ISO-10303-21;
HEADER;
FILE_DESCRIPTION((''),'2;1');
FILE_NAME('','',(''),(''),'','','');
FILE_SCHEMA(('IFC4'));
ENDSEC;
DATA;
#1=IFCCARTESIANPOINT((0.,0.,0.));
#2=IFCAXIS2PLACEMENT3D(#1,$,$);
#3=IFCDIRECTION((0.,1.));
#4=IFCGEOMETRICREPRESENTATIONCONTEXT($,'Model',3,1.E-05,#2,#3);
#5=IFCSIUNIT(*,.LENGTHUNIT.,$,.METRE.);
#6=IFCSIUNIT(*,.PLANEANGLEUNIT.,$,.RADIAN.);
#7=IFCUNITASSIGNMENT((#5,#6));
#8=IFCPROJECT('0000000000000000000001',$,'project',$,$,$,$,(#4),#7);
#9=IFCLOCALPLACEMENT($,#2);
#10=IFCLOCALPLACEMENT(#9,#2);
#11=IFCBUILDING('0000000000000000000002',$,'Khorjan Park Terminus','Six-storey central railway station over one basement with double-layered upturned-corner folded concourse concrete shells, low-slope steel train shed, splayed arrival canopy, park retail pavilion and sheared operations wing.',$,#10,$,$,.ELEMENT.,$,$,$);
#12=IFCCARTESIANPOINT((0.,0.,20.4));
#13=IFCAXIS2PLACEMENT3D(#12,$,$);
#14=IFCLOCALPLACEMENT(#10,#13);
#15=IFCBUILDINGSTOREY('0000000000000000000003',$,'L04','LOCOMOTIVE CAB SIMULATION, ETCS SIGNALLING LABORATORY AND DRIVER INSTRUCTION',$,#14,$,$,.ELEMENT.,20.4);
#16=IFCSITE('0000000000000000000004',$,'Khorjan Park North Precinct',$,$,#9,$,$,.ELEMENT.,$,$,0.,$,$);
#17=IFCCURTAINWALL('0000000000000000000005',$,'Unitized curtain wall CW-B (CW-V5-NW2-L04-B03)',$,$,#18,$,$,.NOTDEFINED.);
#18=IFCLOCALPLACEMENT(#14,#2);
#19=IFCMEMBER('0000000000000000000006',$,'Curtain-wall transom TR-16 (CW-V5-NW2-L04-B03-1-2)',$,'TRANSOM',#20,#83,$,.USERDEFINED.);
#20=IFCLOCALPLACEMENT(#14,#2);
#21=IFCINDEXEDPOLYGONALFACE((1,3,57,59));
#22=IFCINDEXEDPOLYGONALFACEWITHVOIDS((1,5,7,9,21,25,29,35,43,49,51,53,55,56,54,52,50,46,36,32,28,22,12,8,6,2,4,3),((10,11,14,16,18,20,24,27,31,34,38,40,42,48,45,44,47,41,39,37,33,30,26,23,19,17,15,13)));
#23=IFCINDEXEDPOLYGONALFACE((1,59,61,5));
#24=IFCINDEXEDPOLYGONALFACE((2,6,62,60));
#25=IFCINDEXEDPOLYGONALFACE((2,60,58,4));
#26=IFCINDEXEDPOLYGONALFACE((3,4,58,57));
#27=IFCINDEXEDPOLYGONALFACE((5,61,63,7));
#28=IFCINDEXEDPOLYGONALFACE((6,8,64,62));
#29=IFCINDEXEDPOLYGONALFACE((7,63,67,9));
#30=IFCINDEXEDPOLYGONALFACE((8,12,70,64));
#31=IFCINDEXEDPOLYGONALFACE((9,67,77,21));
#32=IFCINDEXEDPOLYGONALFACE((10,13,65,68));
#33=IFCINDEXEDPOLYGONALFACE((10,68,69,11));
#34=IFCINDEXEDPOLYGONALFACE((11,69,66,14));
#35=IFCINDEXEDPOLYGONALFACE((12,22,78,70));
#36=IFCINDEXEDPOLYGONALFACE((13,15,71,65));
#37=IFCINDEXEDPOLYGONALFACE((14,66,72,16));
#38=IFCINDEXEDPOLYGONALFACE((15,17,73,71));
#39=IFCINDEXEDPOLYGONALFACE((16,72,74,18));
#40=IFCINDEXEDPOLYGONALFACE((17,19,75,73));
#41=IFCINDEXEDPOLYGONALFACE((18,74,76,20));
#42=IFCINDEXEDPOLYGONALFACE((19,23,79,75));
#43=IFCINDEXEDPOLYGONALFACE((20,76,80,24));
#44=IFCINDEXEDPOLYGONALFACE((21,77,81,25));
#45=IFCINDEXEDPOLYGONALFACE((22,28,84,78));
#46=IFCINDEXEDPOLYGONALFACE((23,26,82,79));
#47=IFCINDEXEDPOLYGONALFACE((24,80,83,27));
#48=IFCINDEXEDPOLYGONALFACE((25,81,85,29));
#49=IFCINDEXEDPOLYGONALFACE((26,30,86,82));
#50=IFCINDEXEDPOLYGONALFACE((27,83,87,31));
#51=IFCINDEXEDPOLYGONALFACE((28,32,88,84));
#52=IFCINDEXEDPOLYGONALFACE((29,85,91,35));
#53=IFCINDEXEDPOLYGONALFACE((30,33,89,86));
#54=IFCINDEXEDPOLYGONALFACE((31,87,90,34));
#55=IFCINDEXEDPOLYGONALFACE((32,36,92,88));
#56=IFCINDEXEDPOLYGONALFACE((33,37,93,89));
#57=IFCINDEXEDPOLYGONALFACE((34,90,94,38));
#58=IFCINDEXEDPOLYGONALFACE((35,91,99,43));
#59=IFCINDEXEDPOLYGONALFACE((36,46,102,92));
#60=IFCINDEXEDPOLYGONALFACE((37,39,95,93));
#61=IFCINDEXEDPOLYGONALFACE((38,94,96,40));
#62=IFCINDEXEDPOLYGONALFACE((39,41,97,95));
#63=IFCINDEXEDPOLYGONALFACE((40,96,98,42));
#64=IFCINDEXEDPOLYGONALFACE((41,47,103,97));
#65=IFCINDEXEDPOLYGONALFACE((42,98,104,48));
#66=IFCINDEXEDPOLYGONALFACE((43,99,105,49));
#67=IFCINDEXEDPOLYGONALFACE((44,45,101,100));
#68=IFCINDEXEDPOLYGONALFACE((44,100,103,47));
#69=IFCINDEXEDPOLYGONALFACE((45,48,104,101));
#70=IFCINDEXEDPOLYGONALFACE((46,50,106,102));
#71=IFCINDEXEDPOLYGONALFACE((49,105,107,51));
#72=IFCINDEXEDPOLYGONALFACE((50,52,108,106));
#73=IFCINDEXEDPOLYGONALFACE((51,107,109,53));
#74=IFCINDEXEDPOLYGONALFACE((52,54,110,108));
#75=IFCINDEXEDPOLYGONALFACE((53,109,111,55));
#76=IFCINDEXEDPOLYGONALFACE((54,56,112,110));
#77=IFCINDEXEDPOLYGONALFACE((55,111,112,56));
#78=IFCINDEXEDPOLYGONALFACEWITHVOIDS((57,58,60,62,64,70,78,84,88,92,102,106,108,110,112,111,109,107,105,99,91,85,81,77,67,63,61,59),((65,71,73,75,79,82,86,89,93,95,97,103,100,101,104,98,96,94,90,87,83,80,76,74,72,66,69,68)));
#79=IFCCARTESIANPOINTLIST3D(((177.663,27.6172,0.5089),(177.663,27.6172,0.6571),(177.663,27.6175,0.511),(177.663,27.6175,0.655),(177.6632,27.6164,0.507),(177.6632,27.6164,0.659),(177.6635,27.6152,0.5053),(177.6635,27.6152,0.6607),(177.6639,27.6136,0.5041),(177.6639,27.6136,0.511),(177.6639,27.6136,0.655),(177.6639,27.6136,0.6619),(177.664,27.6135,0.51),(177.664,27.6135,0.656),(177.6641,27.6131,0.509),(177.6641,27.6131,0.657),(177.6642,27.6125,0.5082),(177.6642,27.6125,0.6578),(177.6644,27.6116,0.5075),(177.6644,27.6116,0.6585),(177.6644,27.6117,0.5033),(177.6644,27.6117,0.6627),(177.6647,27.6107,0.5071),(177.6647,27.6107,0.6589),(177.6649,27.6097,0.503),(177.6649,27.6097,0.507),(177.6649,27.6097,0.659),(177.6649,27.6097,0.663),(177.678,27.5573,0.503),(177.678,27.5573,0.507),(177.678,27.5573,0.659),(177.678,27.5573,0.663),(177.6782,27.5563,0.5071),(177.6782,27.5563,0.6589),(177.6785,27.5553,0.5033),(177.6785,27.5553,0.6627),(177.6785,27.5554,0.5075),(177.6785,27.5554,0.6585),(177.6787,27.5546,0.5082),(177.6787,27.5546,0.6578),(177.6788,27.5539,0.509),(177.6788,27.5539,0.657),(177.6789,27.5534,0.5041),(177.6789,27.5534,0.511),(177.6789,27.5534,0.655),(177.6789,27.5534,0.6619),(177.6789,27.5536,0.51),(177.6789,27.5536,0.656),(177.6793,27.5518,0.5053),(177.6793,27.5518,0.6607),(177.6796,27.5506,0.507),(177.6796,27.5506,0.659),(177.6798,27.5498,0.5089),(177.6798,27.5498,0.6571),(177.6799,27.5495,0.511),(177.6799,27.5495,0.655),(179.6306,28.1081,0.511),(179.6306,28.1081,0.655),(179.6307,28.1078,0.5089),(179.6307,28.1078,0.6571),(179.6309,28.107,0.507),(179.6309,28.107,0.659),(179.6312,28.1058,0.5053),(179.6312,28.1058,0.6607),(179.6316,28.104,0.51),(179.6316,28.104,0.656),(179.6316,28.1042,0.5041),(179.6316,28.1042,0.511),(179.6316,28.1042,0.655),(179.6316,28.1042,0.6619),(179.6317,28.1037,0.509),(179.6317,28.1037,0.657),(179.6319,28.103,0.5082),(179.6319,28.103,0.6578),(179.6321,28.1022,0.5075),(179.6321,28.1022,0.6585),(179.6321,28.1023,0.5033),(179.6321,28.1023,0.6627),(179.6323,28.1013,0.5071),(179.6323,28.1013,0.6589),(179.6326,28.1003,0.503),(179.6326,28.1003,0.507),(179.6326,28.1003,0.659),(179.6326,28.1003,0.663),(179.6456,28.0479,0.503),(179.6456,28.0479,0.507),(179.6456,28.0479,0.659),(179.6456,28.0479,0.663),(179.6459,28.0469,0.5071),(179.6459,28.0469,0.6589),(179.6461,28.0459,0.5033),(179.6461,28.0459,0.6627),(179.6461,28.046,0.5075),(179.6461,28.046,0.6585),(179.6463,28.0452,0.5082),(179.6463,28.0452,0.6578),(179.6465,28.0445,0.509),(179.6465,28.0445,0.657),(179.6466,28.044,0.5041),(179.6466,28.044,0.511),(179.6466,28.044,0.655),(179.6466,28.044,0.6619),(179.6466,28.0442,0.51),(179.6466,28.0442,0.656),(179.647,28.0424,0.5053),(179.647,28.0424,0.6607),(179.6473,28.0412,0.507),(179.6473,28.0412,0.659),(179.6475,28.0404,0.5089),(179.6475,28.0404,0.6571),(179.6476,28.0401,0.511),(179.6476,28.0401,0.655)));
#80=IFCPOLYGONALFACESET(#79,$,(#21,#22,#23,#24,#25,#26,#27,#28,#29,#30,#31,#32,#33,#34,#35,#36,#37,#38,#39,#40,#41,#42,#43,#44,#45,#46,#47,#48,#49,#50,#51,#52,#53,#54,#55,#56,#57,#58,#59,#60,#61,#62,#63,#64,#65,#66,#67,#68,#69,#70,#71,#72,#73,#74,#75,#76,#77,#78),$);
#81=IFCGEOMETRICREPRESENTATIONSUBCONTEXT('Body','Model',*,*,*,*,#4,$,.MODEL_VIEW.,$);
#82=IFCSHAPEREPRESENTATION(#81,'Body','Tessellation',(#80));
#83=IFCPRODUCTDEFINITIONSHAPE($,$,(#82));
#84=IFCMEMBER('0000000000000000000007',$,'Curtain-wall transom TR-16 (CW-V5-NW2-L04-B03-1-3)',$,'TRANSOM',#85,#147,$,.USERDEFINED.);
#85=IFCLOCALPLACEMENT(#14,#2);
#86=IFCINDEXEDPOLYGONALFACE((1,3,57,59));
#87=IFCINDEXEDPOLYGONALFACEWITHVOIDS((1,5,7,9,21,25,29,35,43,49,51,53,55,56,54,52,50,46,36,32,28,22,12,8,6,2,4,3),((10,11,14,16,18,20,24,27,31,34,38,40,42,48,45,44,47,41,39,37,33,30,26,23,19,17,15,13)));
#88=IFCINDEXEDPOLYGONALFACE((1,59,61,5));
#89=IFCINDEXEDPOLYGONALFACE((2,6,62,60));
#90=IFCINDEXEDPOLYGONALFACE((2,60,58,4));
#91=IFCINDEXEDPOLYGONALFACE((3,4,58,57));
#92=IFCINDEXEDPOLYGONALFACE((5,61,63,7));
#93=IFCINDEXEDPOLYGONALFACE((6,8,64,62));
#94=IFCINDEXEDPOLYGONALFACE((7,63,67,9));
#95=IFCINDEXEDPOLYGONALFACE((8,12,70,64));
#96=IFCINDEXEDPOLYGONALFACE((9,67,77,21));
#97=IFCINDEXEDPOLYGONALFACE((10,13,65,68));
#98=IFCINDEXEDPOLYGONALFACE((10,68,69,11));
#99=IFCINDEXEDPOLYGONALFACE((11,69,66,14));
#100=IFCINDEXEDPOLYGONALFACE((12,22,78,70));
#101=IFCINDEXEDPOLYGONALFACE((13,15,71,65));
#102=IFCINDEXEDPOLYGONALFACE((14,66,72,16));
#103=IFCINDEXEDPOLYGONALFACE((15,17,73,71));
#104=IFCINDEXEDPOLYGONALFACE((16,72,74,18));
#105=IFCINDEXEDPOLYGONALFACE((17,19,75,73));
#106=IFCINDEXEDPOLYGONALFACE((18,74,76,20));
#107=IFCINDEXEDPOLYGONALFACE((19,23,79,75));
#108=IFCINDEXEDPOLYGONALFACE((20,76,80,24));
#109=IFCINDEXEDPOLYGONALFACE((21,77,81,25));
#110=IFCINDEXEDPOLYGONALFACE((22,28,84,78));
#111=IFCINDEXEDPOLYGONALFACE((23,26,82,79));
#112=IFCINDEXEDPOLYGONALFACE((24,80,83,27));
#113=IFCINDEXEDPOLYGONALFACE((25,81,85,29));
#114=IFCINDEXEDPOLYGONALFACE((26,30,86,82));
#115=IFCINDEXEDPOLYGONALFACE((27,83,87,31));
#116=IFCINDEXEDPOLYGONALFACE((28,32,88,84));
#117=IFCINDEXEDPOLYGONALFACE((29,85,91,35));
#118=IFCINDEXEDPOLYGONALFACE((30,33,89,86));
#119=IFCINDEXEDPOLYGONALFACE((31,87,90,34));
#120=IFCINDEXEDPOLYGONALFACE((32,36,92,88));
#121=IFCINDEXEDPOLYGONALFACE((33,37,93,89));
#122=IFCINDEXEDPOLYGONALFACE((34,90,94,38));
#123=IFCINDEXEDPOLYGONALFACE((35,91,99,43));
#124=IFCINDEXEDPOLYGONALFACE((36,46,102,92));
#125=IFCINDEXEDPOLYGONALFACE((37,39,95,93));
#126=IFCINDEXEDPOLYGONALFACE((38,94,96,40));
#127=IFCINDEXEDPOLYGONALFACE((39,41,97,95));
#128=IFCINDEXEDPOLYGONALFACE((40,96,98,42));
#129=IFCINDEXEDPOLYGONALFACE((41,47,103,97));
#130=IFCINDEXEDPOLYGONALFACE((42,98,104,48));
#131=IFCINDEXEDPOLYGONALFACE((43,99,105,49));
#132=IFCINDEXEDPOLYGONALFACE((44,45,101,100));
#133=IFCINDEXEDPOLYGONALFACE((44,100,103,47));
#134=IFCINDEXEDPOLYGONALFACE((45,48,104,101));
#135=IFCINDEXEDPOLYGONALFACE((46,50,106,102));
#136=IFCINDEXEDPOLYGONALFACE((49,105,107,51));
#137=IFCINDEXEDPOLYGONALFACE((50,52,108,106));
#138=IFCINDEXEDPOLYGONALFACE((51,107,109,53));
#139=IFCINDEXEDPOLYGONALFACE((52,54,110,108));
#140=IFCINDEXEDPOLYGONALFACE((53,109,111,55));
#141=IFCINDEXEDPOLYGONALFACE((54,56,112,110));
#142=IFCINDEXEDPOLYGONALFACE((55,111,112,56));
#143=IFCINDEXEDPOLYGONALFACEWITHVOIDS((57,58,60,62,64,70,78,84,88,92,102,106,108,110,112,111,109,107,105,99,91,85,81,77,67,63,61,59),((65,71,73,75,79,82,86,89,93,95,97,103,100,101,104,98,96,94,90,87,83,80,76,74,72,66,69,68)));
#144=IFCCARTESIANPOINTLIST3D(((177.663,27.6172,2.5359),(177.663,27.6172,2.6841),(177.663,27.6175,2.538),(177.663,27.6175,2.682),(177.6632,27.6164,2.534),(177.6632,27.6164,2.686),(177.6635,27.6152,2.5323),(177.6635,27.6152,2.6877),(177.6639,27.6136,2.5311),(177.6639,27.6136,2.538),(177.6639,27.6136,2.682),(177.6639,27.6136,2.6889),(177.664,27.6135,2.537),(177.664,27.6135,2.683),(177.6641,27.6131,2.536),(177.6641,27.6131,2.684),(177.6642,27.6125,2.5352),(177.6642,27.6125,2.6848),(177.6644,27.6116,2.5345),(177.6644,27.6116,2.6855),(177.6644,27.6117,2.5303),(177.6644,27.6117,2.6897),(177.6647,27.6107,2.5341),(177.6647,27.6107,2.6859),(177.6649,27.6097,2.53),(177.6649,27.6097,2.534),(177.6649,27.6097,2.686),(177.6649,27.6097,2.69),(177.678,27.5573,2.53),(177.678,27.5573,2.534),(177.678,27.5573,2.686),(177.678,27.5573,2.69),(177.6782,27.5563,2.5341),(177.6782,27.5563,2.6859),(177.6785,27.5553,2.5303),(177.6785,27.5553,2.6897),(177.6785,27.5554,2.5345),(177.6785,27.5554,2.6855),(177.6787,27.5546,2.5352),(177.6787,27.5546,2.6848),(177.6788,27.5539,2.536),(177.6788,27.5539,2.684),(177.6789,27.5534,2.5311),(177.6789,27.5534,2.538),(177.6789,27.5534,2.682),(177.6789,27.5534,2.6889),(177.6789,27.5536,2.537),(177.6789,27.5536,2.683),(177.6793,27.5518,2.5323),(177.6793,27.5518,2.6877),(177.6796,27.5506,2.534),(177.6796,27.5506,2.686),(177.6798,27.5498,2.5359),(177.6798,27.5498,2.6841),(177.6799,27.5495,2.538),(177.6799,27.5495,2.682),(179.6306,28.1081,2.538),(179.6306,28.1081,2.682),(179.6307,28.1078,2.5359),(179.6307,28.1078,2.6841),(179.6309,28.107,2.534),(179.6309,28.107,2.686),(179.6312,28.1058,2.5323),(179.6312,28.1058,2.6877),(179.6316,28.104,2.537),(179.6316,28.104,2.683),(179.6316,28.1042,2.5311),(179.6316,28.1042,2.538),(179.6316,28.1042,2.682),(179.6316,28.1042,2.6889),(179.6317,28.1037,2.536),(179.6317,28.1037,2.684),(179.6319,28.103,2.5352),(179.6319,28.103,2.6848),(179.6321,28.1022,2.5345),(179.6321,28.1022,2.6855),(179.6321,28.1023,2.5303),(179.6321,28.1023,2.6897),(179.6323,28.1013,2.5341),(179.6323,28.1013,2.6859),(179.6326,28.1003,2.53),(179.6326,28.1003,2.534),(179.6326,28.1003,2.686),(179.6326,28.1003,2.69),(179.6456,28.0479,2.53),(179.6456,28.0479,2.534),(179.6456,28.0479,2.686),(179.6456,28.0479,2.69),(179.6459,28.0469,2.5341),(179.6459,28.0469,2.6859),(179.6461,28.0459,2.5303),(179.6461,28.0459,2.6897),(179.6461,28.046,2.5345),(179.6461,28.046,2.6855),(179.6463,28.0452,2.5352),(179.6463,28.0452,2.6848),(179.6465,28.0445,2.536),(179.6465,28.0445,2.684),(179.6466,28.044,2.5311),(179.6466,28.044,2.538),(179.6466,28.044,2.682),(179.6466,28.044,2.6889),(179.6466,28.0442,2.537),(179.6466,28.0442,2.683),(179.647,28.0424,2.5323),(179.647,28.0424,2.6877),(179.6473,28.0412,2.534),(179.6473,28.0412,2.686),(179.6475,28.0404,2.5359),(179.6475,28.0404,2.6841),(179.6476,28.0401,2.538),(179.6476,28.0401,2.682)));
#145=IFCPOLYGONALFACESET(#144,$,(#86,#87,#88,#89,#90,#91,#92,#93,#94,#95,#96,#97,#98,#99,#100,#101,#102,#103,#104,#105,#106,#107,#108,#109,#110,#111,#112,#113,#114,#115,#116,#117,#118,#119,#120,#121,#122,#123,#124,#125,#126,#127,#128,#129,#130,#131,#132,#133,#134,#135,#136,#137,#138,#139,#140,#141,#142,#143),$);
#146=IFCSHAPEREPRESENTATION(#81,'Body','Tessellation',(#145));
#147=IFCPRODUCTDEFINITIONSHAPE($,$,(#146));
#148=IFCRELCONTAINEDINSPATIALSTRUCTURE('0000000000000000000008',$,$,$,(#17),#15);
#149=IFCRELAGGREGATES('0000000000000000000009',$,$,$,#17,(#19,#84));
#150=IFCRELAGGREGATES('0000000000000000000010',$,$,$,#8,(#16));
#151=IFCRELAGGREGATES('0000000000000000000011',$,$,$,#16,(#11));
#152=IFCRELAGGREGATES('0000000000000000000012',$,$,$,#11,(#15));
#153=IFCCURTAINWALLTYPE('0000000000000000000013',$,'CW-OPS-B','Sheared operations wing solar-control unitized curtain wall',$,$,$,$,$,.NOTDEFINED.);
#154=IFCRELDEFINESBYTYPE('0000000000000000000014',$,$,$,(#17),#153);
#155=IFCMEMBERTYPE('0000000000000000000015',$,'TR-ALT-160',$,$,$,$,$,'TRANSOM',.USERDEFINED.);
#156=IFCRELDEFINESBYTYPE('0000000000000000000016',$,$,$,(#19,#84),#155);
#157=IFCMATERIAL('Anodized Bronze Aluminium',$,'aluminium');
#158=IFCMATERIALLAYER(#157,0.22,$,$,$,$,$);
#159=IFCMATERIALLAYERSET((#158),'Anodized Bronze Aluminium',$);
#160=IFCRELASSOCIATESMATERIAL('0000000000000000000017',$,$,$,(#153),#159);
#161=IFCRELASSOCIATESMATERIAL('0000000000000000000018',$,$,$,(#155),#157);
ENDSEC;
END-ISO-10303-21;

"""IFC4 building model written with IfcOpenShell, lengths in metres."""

from ifc_helpers import new_model, si_unit, direction, frame, origin, origin_2d, place, context, subcontext, project, spatial, hollow_rectangle, extrude, material, layer, layer_set, material_profile, profile_set, type_object, element, aggregate, save


model = new_model("IFC4")

# Units and contexts
model_context = context("Model", 3, precision=1e-05, world=origin(), true_north=direction((0.0, 1.0)))
body_context = subcontext(model_context, "Body", "Model", "MODEL_VIEW")
ifc_project = project(units=[si_unit("LENGTHUNIT", "METRE"), si_unit("PLANEANGLEUNIT", "RADIAN")], contexts=[model_context])

# Site, building, storey
site_placement = place(None, origin())
site = spatial("IfcSite", under=ifc_project, at=site_placement, Name="Khorjan Park North Precinct", CompositionType="ELEMENT", RefElevation=0.0)
building_placement = place(site_placement, origin())
building = spatial("IfcBuilding", under=site, at=building_placement, Name="Khorjan Park Terminus", Description="Six-storey central railway station over one basement with double-layered upturned-corner folded concourse concrete shells, low-slope steel train shed, splayed arrival canopy, park retail pavilion and sheared operations wing.", CompositionType="ELEMENT")
storey_placement = place(building_placement, frame((0.0, 0.0, 20.4)))
storey = spatial("IfcBuildingStorey", under=building, at=storey_placement, Name="L04", Description="LOCOMOTIVE CAB SIMULATION, ETCS SIGNALLING LABORATORY AND DRIVER INSTRUCTION", CompositionType="ELEMENT", Elevation=20.4)

# Curtain wall, members
ifc_material_1 = material(Name="Anodized Bronze Aluminium", Category="aluminium")
ifc_layer_1 = layer(ifc_material_1, 0.22)
ifc_layer_set_1 = layer_set([ifc_layer_1], Name="Anodized Bronze Aluminium")
curtain_wall_type = type_object("IfcCurtainWallType", Name="CW-OPS-B", Description="Sheared operations wing solar-control unitized curtain wall", PredefinedType="NOTDEFINED", material=ifc_layer_set_1)
curtain_wall_placement = place(storey_placement, origin())
curtain_wall = element("IfcCurtainWall", 1, at=curtain_wall_placement, inside=storey, type_object=curtain_wall_type, Name="Unitized curtain wall CW-B (CW-V5-NW2-L04-B03)", PredefinedType="NOTDEFINED")
ifc_material_profile_1 = material_profile(ifc_material_1, hollow_rectangle(XDim=0.07, YDim=0.16, WallThickness=0.004, InnerFilletRadius=0.004, OuterFilletRadius=0.008, at=origin_2d()), Name="ALT 70x160x4")
ifc_profile_set_1 = profile_set([ifc_material_profile_1], Name="Anodized Bronze Aluminium")
member_type_1 = type_object("IfcMemberType", Name="TR-ALT-160", ElementType="TRANSOM", PredefinedType="USERDEFINED", material=ifc_profile_set_1)
member_1_placement = place(storey_placement, frame((179.6391, 28.0741, 0.583), z_axis=(-0.970296, -0.241921, 0.0), x_axis=(0.241921, -0.970296, 0.0)))
member_1 = element("IfcMember", 2, at=member_1_placement, type_object=member_type_1, Name="Curtain-wall transom TR-16 (CW-V5-NW2-L04-B03-1-2)", ObjectType="TRANSOM", PredefinedType="USERDEFINED", context=body_context, shape_type="SweptSolid", body=[
    extrude(hollow_rectangle(XDim=0.07, YDim=0.16, WallThickness=0.004, InnerFilletRadius=0.004, OuterFilletRadius=0.008, at=origin_2d()), origin(), (0.0, 0.0, 1.0), 2.0279),
])
member_2_placement = place(storey_placement, frame((179.6391, 28.0741, 2.61), z_axis=(-0.970296, -0.241921, 0.0), x_axis=(0.241921, -0.970296, 0.0)))
member_2 = element("IfcMember", 3, at=member_2_placement, type_object=member_type_1, Name="Curtain-wall transom TR-16 (CW-V5-NW2-L04-B03-1-3)", ObjectType="TRANSOM", PredefinedType="USERDEFINED", context=body_context, shape_type="SweptSolid", body=[
    extrude(hollow_rectangle(XDim=0.07, YDim=0.16, WallThickness=0.004, InnerFilletRadius=0.004, OuterFilletRadius=0.008, at=origin_2d()), origin(), (0.0, 0.0, 1.0), 2.0279),
])
aggregate(curtain_wall, [member_1, member_2])

save(model, "model.ifc")
